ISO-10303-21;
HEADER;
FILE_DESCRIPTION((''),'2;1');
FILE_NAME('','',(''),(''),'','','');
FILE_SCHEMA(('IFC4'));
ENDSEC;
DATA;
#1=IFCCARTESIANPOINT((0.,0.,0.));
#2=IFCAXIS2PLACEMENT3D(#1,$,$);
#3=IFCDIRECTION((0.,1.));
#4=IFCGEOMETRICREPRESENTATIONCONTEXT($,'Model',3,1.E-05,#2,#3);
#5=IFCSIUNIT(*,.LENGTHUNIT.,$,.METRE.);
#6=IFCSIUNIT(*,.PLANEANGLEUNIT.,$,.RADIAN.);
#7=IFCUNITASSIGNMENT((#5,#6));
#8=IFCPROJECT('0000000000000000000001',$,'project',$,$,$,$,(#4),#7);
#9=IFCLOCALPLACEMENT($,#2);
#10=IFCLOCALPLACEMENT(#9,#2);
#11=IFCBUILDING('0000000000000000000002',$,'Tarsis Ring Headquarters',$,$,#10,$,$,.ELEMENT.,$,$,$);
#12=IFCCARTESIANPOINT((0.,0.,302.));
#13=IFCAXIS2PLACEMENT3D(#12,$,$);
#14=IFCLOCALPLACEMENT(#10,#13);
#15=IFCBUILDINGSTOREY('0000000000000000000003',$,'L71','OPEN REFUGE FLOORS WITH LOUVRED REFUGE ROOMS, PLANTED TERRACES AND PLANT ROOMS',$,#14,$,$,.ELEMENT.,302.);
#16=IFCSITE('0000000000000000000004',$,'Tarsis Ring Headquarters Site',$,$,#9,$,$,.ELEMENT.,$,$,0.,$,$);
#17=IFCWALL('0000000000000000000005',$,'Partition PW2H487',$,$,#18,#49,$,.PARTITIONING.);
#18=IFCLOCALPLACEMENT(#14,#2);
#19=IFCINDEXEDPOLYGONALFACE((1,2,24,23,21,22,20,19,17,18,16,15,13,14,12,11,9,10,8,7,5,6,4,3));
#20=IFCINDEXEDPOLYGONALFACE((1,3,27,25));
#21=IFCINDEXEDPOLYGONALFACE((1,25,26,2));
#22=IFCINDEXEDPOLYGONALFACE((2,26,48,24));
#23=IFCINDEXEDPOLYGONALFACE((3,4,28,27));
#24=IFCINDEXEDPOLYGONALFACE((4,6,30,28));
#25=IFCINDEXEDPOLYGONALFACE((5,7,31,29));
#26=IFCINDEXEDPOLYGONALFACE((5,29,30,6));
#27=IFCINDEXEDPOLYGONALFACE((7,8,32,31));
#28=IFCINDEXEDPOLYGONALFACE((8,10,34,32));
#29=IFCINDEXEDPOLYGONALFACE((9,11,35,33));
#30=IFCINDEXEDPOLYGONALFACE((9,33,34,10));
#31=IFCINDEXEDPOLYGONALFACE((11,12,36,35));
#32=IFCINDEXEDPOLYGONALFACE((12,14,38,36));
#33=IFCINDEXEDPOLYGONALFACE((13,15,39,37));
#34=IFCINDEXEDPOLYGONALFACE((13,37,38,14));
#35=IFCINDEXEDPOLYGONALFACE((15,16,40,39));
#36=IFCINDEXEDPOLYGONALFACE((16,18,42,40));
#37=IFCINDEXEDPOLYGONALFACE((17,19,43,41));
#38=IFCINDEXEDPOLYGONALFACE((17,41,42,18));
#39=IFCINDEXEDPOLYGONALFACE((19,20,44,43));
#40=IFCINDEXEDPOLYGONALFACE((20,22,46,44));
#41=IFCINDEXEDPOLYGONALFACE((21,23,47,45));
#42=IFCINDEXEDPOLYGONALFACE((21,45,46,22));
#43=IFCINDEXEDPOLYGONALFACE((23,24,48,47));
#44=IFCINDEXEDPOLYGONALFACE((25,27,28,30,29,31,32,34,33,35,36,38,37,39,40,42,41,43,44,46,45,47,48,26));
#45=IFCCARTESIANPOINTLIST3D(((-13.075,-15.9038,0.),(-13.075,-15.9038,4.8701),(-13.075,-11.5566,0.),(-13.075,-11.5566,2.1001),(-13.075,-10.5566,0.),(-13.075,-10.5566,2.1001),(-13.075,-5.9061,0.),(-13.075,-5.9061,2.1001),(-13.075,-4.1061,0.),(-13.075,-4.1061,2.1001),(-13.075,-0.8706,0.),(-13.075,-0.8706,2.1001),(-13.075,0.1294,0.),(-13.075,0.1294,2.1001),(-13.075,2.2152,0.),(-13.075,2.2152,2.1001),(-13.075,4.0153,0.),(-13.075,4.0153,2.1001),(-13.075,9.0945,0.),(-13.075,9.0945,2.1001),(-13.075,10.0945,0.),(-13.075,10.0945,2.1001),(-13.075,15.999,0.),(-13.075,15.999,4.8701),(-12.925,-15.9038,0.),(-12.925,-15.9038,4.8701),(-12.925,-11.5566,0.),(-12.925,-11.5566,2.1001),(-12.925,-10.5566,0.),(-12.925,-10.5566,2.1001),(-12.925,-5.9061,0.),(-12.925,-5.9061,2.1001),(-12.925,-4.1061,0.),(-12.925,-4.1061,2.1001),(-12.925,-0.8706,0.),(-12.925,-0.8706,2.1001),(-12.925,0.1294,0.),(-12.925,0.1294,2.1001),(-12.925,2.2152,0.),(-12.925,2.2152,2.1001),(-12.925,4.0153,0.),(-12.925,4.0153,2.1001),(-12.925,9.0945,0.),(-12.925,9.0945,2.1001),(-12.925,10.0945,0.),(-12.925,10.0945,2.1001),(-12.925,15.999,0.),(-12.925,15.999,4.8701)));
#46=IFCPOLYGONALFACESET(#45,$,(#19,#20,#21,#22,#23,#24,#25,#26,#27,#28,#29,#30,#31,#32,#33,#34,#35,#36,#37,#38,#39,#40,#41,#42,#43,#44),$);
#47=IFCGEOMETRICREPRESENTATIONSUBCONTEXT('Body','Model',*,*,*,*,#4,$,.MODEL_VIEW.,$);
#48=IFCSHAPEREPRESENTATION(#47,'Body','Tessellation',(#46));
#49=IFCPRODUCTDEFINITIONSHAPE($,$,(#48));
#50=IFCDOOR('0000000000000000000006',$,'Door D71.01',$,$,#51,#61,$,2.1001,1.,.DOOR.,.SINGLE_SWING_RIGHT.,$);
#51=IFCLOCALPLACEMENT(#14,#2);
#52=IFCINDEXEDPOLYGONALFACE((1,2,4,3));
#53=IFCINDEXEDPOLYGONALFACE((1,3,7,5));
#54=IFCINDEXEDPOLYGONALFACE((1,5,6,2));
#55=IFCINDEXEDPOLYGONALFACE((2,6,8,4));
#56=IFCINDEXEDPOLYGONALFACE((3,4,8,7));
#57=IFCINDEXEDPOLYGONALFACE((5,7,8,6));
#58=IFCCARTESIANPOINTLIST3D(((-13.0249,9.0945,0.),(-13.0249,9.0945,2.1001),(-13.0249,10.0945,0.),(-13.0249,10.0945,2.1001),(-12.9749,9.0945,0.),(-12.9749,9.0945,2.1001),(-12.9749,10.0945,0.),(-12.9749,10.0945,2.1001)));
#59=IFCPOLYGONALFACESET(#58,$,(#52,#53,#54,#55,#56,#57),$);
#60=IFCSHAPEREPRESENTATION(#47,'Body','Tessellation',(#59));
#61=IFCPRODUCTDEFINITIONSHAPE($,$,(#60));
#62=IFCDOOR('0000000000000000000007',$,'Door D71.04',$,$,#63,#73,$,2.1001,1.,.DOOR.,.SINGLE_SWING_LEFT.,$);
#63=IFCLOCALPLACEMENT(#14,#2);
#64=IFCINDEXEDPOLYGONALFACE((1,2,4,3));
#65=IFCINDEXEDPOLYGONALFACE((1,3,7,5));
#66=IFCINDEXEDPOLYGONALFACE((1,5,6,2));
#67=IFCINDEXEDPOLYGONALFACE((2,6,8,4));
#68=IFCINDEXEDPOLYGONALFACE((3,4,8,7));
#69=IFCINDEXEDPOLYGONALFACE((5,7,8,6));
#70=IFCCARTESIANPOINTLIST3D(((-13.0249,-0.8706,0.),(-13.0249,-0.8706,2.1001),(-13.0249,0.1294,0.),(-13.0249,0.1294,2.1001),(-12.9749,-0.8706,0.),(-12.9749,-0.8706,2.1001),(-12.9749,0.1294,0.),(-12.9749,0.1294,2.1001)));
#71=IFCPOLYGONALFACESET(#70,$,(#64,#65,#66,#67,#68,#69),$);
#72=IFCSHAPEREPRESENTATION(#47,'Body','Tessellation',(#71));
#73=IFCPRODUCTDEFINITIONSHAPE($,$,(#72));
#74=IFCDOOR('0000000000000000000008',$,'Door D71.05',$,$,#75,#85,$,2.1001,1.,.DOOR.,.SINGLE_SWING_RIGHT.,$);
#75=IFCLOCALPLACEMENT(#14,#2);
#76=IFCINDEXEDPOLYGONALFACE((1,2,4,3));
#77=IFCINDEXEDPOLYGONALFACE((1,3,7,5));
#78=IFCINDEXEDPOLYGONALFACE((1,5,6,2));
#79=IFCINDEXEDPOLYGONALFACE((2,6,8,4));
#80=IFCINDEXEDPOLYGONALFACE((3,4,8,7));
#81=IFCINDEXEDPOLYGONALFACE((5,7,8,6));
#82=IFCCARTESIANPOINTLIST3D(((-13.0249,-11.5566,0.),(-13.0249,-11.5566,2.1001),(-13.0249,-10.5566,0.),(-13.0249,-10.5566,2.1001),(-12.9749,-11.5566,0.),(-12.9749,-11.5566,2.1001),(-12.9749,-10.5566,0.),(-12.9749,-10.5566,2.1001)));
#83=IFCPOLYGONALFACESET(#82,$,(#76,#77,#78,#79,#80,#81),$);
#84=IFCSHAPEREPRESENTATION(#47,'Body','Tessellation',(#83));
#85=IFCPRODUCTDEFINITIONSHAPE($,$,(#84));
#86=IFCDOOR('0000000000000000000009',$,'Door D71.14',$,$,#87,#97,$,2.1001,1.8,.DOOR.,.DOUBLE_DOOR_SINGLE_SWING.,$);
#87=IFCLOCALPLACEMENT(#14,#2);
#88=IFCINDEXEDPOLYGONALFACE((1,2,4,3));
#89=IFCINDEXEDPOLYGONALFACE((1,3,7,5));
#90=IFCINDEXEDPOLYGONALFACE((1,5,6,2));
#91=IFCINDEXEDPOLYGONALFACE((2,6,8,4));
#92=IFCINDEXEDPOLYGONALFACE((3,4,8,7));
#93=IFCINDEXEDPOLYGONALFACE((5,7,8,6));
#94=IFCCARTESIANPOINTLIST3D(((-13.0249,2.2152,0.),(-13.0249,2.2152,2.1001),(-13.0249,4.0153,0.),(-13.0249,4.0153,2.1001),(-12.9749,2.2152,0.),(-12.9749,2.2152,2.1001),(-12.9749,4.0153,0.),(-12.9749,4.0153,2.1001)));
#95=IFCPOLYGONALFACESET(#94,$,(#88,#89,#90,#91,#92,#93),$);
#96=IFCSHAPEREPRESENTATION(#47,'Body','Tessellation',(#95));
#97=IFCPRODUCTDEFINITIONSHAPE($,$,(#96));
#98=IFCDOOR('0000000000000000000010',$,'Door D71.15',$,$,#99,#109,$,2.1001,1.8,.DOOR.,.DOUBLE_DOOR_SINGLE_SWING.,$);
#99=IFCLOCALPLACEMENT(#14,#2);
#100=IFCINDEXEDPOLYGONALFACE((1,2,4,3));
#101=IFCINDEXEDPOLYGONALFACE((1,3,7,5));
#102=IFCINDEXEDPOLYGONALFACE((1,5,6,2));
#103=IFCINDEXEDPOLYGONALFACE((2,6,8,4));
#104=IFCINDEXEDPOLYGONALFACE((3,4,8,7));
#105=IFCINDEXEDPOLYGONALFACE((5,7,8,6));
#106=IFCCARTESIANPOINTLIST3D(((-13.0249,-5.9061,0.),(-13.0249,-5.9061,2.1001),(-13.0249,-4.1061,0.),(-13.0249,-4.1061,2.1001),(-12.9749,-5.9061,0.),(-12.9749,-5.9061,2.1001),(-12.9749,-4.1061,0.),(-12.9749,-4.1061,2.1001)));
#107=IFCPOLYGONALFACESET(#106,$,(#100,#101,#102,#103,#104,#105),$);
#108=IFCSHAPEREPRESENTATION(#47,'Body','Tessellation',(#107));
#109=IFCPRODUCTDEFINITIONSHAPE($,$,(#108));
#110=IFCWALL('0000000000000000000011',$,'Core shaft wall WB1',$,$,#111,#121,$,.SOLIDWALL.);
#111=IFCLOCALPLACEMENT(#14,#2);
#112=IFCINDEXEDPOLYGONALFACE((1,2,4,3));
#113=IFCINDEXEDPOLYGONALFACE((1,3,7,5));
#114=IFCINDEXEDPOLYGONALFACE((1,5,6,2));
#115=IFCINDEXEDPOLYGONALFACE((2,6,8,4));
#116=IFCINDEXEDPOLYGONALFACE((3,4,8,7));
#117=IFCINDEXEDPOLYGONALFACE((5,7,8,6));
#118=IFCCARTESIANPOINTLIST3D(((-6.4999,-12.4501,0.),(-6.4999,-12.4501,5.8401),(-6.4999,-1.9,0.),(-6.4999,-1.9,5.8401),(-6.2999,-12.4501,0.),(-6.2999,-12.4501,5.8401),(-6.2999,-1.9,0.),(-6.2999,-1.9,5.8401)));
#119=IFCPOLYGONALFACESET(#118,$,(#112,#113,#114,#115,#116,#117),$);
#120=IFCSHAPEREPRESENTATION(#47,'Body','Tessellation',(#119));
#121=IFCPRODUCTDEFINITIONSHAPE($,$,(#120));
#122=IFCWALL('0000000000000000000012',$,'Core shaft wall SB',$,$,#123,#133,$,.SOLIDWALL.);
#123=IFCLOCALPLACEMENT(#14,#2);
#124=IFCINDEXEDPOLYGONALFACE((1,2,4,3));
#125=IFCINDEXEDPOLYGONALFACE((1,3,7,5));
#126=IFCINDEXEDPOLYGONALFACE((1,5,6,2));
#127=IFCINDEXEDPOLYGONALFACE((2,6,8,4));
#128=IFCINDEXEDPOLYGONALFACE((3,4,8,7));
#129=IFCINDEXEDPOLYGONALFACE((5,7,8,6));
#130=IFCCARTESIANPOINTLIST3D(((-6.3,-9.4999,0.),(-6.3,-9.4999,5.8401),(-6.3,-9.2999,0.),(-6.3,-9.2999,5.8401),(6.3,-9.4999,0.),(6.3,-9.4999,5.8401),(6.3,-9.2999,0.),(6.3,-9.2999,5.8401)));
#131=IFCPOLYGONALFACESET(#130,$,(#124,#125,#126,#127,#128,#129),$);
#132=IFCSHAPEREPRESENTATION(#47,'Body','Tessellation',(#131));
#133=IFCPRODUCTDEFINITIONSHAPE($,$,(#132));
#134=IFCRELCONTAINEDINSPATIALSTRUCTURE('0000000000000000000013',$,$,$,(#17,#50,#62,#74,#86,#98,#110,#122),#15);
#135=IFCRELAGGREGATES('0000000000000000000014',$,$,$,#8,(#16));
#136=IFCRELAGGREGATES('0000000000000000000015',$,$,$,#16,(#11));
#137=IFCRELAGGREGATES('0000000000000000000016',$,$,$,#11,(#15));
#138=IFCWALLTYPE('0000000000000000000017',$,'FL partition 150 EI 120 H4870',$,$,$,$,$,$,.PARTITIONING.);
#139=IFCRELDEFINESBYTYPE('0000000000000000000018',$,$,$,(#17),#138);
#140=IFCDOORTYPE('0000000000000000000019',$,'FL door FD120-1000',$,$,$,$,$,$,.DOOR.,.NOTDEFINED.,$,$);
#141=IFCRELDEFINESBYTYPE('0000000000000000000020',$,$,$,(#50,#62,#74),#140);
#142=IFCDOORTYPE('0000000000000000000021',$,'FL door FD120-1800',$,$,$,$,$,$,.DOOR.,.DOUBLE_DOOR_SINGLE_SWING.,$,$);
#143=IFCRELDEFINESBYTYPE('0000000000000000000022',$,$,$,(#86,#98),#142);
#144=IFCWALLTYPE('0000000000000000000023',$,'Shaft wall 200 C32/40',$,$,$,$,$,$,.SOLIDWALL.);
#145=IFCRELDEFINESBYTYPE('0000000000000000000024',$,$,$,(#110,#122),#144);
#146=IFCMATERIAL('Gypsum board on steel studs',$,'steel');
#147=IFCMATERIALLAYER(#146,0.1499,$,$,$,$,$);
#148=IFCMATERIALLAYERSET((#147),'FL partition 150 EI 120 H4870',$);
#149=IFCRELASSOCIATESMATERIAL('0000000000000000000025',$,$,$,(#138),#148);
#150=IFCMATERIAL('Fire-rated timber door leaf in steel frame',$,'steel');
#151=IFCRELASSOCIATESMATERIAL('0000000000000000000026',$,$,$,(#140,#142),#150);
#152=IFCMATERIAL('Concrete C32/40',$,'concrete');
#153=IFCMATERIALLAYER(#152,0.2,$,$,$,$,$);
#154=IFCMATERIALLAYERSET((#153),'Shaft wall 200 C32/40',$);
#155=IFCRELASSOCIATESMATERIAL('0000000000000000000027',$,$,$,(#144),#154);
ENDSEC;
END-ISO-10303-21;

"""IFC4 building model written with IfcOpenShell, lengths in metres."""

from ifc_helpers import new_model, si_unit, direction, frame, frame_2d, origin, place, context, subcontext, project, spatial, rectangle, extrude, material, layer, layer_set, type_object, element, fill, save


model = new_model("IFC4")

# Units and contexts
model_context = context("Model", 3, precision=1e-05, world=origin(), true_north=direction((0.0, 1.0)))
body_context = subcontext(model_context, "Body", "Model", "MODEL_VIEW")
ifc_project = project(units=[si_unit("LENGTHUNIT", "METRE"), si_unit("PLANEANGLEUNIT", "RADIAN")], contexts=[model_context])

# Site, building, storey
site_placement = place(None, origin())
site = spatial("IfcSite", under=ifc_project, at=site_placement, Name="Tarsis Ring Headquarters Site", CompositionType="ELEMENT", RefElevation=0.0)
building_placement = place(site_placement, origin())
building = spatial("IfcBuilding", under=site, at=building_placement, Name="Tarsis Ring Headquarters", CompositionType="ELEMENT")
storey_placement = place(building_placement, frame((0.0, 0.0, 302.0)))
storey = spatial("IfcBuildingStorey", under=building, at=storey_placement, Name="L71", Description="OPEN REFUGE FLOORS WITH LOUVRED REFUGE ROOMS, PLANTED TERRACES AND PLANT ROOMS", CompositionType="ELEMENT", Elevation=302.0)

# Wall, openings, doors
ifc_material_1 = material(Name="Gypsum board on steel studs", Category="steel")
ifc_layer_1 = layer(ifc_material_1, 0.1499)
ifc_layer_set_1 = layer_set([ifc_layer_1], Name="FL partition 150 EI 120 H4870")
wall_type_1 = type_object("IfcWallType", Name="FL partition 150 EI 120 H4870", PredefinedType="PARTITIONING", material=ifc_layer_set_1)
wall_1_placement = place(storey_placement, frame((-13.0, -15.9038, 0.0), z_axis=(0.0, 0.0, 1.0), x_axis=(0.0, 1.0, 0.0)))
wall_1 = element("IfcWall", 1, at=wall_1_placement, inside=storey, type_object=wall_type_1, Name="Partition PW2H487", PredefinedType="PARTITIONING", context=body_context, shape_type="SweptSolid", body=[
    extrude(rectangle(XDim=31.9028, YDim=0.1499, at=frame_2d((15.9514, 0.0))), origin(), (0.0, 0.0, 1.0), 4.8701),
])
opening_1_placement = place(wall_1_placement, frame((24.9983, 0.0, 0.0)))
opening_1 = element("IfcOpeningElement", 2, at=opening_1_placement, cuts=wall_1, PredefinedType="OPENING", context=body_context, shape_type="SweptSolid", body=[
    extrude(rectangle(XDim=1.0, YDim=2.1001, at=frame_2d((0.5, 1.05))), frame((0.0, 0.085, 0.0), z_axis=(0.0, -1.0, 0.0), x_axis=(1.0, 0.0, 0.0)), (0.0, 0.0, 1.0), 0.1699),
])
opening_2_placement = place(wall_1_placement, frame((15.0332, 0.0, 0.0)))
opening_2 = element("IfcOpeningElement", 3, at=opening_2_placement, cuts=wall_1, PredefinedType="OPENING", context=body_context, shape_type="SweptSolid", body=[
    extrude(rectangle(XDim=1.0, YDim=2.1001, at=frame_2d((0.5, 1.05))), frame((0.0, 0.085, 0.0), z_axis=(0.0, -1.0, 0.0), x_axis=(1.0, 0.0, 0.0)), (0.0, 0.0, 1.0), 0.1699),
])
opening_3_placement = place(wall_1_placement, frame((4.3472, 0.0, 0.0)))
opening_3 = element("IfcOpeningElement", 4, at=opening_3_placement, cuts=wall_1, PredefinedType="OPENING", context=body_context, shape_type="SweptSolid", body=[
    extrude(rectangle(XDim=1.0, YDim=2.1001, at=frame_2d((0.5, 1.05))), frame((0.0, 0.085, 0.0), z_axis=(0.0, -1.0, 0.0), x_axis=(1.0, 0.0, 0.0)), (0.0, 0.0, 1.0), 0.1699),
])
opening_4_placement = place(wall_1_placement, frame((18.1191, 0.0, 0.0)))
opening_4 = element("IfcOpeningElement", 5, at=opening_4_placement, cuts=wall_1, PredefinedType="OPENING", context=body_context, shape_type="SweptSolid", body=[
    extrude(rectangle(XDim=1.8, YDim=2.1001, at=frame_2d((0.8999, 1.05))), frame((0.0, 0.085, 0.0), z_axis=(0.0, -1.0, 0.0), x_axis=(1.0, 0.0, 0.0)), (0.0, 0.0, 1.0), 0.1699),
])
opening_5_placement = place(wall_1_placement, frame((9.9978, 0.0, 0.0)))
opening_5 = element("IfcOpeningElement", 6, at=opening_5_placement, cuts=wall_1, PredefinedType="OPENING", context=body_context, shape_type="SweptSolid", body=[
    extrude(rectangle(XDim=1.8, YDim=2.1001, at=frame_2d((0.8999, 1.05))), frame((0.0, 0.085, 0.0), z_axis=(0.0, -1.0, 0.0), x_axis=(1.0, 0.0, 0.0)), (0.0, 0.0, 1.0), 0.1699),
])
ifc_material_2 = material(Name="Fire-rated timber door leaf in steel frame", Category="steel")
door_type_1 = type_object("IfcDoorType", Name="FL door FD120-1000", OperationType="NOTDEFINED", PredefinedType="DOOR", material=ifc_material_2)
door_1_placement = place(opening_1_placement, origin())
door_1 = element("IfcDoor", 7, at=door_1_placement, inside=storey, type_object=door_type_1, Name="Door D71.01", OperationType="SINGLE_SWING_RIGHT", OverallHeight=2.1001, OverallWidth=1.0, PredefinedType="DOOR", context=body_context, shape_type="SweptSolid", body=[
    extrude(rectangle(XDim=1.0, YDim=2.1001, at=frame_2d((0.5, 1.05))), frame((0.0, 0.0249, 0.0), z_axis=(0.0, -1.0, 0.0), x_axis=(1.0, 0.0, 0.0)), (0.0, 0.0, 1.0), 0.05),
])
fill(opening_1, door_1)
door_2_placement = place(opening_2_placement, origin())
door_2 = element("IfcDoor", 8, at=door_2_placement, inside=storey, type_object=door_type_1, Name="Door D71.04", OperationType="SINGLE_SWING_LEFT", OverallHeight=2.1001, OverallWidth=1.0, PredefinedType="DOOR", context=body_context, shape_type="SweptSolid", body=[
    extrude(rectangle(XDim=1.0, YDim=2.1001, at=frame_2d((0.5, 1.05))), frame((0.0, 0.0249, 0.0), z_axis=(0.0, -1.0, 0.0), x_axis=(1.0, 0.0, 0.0)), (0.0, 0.0, 1.0), 0.05),
])
fill(opening_2, door_2)
door_3_placement = place(opening_3_placement, origin())
door_3 = element("IfcDoor", 9, at=door_3_placement, inside=storey, type_object=door_type_1, Name="Door D71.05", OperationType="SINGLE_SWING_RIGHT", OverallHeight=2.1001, OverallWidth=1.0, PredefinedType="DOOR", context=body_context, shape_type="SweptSolid", body=[
    extrude(rectangle(XDim=1.0, YDim=2.1001, at=frame_2d((0.5, 1.05))), frame((0.0, 0.0249, 0.0), z_axis=(0.0, -1.0, 0.0), x_axis=(1.0, 0.0, 0.0)), (0.0, 0.0, 1.0), 0.05),
])
fill(opening_3, door_3)
door_type_2 = type_object("IfcDoorType", Name="FL door FD120-1800", OperationType="DOUBLE_DOOR_SINGLE_SWING", PredefinedType="DOOR", material=ifc_material_2)
door_4_placement = place(opening_4_placement, origin())
door_4 = element("IfcDoor", 10, at=door_4_placement, inside=storey, type_object=door_type_2, Name="Door D71.14", OperationType="DOUBLE_DOOR_SINGLE_SWING", OverallHeight=2.1001, OverallWidth=1.8, PredefinedType="DOOR", context=body_context, shape_type="SweptSolid", body=[
    extrude(rectangle(XDim=1.8, YDim=2.1001, at=frame_2d((0.8999, 1.05))), frame((0.0, 0.0249, 0.0), z_axis=(0.0, -1.0, 0.0), x_axis=(1.0, 0.0, 0.0)), (0.0, 0.0, 1.0), 0.05),
])
fill(opening_4, door_4)
door_5_placement = place(opening_5_placement, origin())
door_5 = element("IfcDoor", 11, at=door_5_placement, inside=storey, type_object=door_type_2, Name="Door D71.15", OperationType="DOUBLE_DOOR_SINGLE_SWING", OverallHeight=2.1001, OverallWidth=1.8, PredefinedType="DOOR", context=body_context, shape_type="SweptSolid", body=[
    extrude(rectangle(XDim=1.8, YDim=2.1001, at=frame_2d((0.8999, 1.05))), frame((0.0, 0.0249, 0.0), z_axis=(0.0, -1.0, 0.0), x_axis=(1.0, 0.0, 0.0)), (0.0, 0.0, 1.0), 0.05),
])
fill(opening_5, door_5)

# Walls
ifc_material_3 = material(Name="Concrete C32/40", Category="concrete")
ifc_layer_2 = layer(ifc_material_3, 0.2)
ifc_layer_set_2 = layer_set([ifc_layer_2], Name="Shaft wall 200 C32/40")
wall_type_2 = type_object("IfcWallType", Name="Shaft wall 200 C32/40", PredefinedType="SOLIDWALL", material=ifc_layer_set_2)
wall_2_placement = place(storey_placement, frame((-6.3999, -12.45, 0.0), z_axis=(0.0, 0.0, 1.0), x_axis=(0.0, 1.0, 0.0)))
element("IfcWall", 12, at=wall_2_placement, inside=storey, type_object=wall_type_2, Name="Core shaft wall WB1", PredefinedType="SOLIDWALL", context=body_context, shape_type="SweptSolid", body=[
    extrude(rectangle(XDim=10.55, YDim=0.2, at=frame_2d((5.2749, 0.0))), origin(), (0.0, 0.0, 1.0), 5.8401),
])
wall_3_placement = place(storey_placement, frame((-6.3, -9.3999, 0.0), z_axis=(0.0, 0.0, 1.0), x_axis=(1.0, 0.0, 0.0)))
element("IfcWall", 13, at=wall_3_placement, inside=storey, type_object=wall_type_2, Name="Core shaft wall SB", PredefinedType="SOLIDWALL", context=body_context, shape_type="SweptSolid", body=[
    extrude(rectangle(XDim=12.6001, YDim=0.2, at=frame_2d((6.3, 0.0))), origin(), (0.0, 0.0, 1.0), 5.8401),
])

save(model, "model.ifc")
